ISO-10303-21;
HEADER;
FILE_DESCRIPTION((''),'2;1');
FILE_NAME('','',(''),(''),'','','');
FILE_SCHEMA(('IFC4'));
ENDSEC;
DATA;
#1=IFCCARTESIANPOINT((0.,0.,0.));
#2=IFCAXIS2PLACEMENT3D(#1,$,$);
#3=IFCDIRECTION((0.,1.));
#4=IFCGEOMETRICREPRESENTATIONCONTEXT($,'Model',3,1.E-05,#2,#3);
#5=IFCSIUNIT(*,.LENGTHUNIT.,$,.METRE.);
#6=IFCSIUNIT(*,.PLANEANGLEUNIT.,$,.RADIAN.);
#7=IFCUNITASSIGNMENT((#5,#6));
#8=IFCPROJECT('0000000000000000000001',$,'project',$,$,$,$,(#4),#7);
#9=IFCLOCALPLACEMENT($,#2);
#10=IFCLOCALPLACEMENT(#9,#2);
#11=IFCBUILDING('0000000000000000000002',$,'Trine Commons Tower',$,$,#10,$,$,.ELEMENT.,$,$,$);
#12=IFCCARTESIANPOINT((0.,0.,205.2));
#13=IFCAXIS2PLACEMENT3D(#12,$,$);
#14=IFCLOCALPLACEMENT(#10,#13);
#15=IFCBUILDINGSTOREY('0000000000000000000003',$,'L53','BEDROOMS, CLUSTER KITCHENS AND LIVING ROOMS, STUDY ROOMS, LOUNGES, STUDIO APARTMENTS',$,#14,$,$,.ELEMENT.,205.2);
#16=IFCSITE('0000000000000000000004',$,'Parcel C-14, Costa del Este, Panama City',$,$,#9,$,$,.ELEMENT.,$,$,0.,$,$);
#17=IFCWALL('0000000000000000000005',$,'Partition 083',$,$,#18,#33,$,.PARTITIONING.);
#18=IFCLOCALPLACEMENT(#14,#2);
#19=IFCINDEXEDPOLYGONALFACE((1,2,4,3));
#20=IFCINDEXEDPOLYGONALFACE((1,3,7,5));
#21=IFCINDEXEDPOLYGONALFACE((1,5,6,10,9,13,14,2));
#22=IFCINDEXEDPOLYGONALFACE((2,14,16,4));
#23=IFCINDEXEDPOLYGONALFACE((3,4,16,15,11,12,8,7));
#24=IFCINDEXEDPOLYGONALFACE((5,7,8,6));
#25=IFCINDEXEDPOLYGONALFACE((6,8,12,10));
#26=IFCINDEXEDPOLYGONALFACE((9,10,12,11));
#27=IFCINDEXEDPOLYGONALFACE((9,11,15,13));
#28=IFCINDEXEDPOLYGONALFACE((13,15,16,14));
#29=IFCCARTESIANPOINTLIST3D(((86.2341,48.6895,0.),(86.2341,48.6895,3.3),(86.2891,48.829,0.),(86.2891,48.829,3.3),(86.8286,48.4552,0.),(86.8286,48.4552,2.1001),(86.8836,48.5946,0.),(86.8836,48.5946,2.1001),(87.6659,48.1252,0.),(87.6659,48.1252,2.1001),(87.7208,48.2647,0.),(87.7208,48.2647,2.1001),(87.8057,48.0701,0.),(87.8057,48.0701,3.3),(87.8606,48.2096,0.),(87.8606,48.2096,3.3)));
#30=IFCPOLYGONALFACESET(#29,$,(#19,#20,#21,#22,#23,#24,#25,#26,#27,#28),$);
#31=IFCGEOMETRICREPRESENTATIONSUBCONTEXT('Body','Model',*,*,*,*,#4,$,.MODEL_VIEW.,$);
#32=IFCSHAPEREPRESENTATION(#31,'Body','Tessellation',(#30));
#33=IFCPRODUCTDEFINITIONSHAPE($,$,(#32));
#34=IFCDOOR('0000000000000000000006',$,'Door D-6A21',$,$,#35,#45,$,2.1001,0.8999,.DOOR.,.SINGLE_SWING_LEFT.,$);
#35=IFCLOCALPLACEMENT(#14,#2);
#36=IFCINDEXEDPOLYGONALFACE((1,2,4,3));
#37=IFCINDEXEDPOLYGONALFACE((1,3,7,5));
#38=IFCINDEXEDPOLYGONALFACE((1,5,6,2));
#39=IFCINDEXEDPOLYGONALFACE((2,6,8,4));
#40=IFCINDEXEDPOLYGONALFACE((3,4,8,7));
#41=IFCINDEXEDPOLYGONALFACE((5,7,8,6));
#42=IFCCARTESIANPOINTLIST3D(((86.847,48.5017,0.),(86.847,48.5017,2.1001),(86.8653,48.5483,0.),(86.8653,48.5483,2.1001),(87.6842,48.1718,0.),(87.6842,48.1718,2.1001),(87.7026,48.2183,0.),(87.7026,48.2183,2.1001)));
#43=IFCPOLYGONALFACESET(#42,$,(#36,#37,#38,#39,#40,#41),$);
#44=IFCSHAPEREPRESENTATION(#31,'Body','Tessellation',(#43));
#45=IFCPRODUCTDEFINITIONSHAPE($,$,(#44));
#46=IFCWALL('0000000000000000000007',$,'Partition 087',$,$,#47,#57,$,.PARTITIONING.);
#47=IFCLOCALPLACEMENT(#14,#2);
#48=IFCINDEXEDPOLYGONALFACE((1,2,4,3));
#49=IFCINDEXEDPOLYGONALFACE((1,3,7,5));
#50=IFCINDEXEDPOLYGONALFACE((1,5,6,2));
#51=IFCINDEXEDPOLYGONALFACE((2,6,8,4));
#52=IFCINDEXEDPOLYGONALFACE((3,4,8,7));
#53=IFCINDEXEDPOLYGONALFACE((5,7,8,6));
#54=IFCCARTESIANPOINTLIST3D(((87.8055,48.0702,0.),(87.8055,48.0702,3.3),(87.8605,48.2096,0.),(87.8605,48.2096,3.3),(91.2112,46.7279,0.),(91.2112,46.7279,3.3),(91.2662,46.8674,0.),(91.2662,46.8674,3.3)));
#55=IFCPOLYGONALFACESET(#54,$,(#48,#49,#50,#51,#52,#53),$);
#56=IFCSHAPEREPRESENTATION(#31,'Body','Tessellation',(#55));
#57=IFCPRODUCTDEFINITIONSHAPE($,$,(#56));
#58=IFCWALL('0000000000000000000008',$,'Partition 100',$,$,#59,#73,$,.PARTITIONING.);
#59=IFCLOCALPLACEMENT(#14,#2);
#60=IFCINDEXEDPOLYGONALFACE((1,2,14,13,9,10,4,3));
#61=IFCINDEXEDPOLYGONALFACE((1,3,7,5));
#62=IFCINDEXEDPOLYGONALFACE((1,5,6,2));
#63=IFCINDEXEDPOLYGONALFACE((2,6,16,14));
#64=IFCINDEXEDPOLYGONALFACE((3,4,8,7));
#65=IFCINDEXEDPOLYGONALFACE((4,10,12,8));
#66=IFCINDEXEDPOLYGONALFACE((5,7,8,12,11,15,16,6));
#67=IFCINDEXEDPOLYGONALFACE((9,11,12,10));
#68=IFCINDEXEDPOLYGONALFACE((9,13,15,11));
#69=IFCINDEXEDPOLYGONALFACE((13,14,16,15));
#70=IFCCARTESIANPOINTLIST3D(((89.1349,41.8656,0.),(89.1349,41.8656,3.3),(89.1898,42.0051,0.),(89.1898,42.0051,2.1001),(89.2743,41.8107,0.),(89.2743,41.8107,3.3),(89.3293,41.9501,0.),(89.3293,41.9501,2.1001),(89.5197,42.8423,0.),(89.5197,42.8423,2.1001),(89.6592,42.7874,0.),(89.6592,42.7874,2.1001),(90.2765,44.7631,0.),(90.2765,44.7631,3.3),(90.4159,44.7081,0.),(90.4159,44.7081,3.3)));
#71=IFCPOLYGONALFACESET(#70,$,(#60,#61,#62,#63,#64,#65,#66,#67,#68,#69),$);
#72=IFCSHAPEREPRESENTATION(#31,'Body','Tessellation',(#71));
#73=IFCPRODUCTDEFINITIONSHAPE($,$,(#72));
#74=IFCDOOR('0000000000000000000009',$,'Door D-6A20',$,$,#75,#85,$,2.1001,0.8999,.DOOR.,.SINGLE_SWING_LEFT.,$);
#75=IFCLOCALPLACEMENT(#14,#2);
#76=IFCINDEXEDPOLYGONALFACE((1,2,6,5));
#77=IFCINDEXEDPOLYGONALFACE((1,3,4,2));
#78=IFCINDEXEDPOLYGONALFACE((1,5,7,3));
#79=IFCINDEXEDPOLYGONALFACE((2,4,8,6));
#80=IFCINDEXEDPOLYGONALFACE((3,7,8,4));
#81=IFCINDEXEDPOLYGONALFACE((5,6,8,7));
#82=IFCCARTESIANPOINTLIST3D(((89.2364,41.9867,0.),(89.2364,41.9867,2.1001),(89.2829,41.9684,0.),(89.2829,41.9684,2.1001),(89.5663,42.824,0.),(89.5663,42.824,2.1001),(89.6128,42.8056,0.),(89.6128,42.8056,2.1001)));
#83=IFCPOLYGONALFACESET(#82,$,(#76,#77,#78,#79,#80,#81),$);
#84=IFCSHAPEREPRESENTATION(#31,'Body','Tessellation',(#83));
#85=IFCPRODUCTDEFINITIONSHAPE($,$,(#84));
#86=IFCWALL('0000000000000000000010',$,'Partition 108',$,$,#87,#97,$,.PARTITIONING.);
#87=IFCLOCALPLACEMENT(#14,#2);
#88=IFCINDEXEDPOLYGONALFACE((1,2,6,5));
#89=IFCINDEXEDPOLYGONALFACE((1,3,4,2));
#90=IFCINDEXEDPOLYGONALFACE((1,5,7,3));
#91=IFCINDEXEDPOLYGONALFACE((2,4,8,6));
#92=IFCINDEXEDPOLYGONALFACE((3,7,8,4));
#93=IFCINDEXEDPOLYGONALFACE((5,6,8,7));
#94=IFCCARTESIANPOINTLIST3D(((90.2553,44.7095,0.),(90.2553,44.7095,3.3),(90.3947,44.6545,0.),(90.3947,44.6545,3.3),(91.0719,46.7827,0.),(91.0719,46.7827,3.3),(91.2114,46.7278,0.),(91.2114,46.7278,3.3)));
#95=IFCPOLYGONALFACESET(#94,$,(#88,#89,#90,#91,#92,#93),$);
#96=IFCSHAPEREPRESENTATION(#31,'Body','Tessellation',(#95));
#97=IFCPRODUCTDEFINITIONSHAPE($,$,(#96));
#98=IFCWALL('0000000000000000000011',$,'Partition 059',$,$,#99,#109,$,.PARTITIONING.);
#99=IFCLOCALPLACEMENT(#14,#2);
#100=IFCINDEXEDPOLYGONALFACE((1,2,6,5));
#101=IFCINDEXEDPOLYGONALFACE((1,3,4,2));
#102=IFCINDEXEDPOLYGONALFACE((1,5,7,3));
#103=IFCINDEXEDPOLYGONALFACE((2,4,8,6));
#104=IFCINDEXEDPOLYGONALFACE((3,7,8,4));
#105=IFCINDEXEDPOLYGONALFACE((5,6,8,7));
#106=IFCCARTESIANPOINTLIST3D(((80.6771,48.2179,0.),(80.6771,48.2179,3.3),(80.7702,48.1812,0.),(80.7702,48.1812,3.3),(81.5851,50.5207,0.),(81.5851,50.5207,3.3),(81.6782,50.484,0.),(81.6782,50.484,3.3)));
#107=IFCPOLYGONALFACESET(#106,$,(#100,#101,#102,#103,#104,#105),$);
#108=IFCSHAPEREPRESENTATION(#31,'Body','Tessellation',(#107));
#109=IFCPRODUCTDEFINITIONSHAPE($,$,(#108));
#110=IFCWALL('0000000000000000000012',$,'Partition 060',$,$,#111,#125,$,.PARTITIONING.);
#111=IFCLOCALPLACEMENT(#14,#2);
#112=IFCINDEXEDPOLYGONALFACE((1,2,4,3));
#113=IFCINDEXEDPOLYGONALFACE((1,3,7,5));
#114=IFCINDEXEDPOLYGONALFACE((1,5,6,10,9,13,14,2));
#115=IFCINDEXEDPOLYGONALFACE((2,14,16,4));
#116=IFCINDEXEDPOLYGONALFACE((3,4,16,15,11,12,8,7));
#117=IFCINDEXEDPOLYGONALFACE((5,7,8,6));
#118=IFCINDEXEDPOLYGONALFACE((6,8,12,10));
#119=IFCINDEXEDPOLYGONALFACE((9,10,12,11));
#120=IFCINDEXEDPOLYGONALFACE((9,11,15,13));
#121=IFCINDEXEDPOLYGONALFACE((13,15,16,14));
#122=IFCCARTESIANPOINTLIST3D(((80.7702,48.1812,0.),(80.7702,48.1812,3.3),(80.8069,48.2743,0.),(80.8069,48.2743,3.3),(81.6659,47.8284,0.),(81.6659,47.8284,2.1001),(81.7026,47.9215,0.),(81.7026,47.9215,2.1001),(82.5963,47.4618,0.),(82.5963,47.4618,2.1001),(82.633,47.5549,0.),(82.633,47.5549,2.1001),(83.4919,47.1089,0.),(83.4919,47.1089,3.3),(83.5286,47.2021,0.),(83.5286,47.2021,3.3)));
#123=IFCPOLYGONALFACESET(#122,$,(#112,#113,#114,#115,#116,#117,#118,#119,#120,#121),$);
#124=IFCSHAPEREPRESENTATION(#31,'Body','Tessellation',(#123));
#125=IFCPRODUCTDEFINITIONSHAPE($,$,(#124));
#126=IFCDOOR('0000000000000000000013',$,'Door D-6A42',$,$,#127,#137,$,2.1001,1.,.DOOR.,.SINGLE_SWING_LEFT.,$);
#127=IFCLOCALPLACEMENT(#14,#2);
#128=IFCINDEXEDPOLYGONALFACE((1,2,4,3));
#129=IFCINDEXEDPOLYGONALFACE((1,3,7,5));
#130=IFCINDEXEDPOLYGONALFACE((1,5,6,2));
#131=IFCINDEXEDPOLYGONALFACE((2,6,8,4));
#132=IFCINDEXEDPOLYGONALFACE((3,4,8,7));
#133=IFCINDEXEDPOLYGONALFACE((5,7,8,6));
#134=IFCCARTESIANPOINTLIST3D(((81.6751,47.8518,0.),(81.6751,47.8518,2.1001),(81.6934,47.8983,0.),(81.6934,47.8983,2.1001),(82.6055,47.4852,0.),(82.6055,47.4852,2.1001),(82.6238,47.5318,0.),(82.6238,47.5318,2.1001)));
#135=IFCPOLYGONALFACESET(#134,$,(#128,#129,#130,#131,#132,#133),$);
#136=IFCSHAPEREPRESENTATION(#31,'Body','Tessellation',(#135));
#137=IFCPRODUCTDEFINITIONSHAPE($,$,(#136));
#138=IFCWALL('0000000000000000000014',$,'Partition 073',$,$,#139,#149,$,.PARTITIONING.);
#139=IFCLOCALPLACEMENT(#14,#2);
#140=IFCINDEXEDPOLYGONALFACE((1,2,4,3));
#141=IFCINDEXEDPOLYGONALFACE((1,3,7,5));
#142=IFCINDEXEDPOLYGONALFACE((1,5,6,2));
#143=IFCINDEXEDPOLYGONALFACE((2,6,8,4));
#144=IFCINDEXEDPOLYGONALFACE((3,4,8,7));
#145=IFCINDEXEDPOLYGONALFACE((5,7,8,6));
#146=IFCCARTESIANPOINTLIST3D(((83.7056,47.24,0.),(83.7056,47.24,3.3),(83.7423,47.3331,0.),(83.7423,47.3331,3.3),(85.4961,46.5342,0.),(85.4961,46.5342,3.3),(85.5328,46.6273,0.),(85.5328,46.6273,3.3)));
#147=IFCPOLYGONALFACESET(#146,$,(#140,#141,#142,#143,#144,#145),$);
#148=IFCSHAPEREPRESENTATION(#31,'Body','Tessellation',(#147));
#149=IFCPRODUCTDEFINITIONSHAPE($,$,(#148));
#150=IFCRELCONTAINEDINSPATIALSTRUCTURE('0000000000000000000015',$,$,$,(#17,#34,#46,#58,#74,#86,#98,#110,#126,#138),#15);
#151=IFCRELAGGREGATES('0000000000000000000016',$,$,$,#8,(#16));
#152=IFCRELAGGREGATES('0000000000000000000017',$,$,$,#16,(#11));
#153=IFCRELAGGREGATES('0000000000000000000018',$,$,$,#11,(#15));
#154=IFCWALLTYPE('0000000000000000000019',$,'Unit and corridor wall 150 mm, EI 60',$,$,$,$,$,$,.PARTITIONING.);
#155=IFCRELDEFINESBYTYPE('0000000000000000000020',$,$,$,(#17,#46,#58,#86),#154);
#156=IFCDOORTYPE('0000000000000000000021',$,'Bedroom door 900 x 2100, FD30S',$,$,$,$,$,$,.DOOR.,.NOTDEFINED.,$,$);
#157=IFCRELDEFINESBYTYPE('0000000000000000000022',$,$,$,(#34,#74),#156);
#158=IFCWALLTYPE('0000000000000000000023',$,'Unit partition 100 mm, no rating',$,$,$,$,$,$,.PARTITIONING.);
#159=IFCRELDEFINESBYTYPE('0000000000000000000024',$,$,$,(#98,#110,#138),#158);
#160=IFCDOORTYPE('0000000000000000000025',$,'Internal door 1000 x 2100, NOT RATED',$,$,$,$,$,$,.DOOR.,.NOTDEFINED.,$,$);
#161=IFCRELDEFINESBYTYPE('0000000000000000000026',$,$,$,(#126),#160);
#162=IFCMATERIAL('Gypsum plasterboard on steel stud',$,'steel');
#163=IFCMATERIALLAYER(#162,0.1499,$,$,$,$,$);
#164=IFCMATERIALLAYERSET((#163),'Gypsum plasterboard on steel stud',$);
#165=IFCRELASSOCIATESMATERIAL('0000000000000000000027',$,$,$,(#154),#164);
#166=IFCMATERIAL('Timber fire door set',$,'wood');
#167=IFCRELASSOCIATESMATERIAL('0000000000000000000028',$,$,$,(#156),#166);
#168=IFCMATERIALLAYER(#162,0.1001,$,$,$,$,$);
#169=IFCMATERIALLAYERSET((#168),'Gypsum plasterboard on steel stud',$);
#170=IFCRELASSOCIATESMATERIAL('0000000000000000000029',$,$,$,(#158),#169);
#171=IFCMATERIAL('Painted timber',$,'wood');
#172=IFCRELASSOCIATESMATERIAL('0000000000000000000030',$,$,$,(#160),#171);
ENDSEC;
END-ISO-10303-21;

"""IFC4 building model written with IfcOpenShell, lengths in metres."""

from ifc_helpers import new_model, si_unit, direction, frame, frame_2d, origin, place, context, subcontext, project, spatial, rectangle, extrude, material, layer, layer_set, type_object, element, fill, save


model = new_model("IFC4")

# Units and contexts
model_context = context("Model", 3, precision=1e-05, world=origin(), true_north=direction((0.0, 1.0)))
body_context = subcontext(model_context, "Body", "Model", "MODEL_VIEW")
ifc_project = project(units=[si_unit("LENGTHUNIT", "METRE"), si_unit("PLANEANGLEUNIT", "RADIAN")], contexts=[model_context])

# Site, building, storey
site_placement = place(None, origin())
site = spatial("IfcSite", under=ifc_project, at=site_placement, Name="Parcel C-14, Costa del Este, Panama City", CompositionType="ELEMENT", RefElevation=0.0)
building_placement = place(site_placement, origin())
building = spatial("IfcBuilding", under=site, at=building_placement, Name="Trine Commons Tower", CompositionType="ELEMENT")
storey_placement = place(building_placement, frame((0.0, 0.0, 205.2)))
storey = spatial("IfcBuildingStorey", under=building, at=storey_placement, Name="L53", Description="BEDROOMS, CLUSTER KITCHENS AND LIVING ROOMS, STUDY ROOMS, LOUNGES, STUDIO APARTMENTS", CompositionType="ELEMENT", Elevation=205.2)

# Shared definitions
ifc_material_1 = material(Name="Gypsum plasterboard on steel stud", Category="steel")
ifc_layer_1 = layer(ifc_material_1, 0.1499)
ifc_layer_set_1 = layer_set([ifc_layer_1], Name="Gypsum plasterboard on steel stud")
wall_type_1 = type_object("IfcWallType", Name="Unit and corridor wall 150 mm, EI 60", PredefinedType="PARTITIONING", material=ifc_layer_set_1)

# Wall, opening, door
ifc_material_2 = material(Name="Timber fire door set", Category="wood")
wall_1_placement = place(storey_placement, frame((86.2615, 48.7593, 0.0), z_axis=(0.0, 0.0, 1.0), x_axis=(0.930349, -0.366676, 0.0)))
wall_1 = element("IfcWall", 1, at=wall_1_placement, inside=storey, type_object=wall_type_1, Name="Partition 083", PredefinedType="PARTITIONING", context=body_context, shape_type="SweptSolid", body=[
    extrude(rectangle(XDim=1.6892, YDim=0.1499, at=frame_2d((0.8447, 0.0))), origin(), (0.0, 0.0, 1.0), 3.3),
])
opening_1_placement = place(wall_1_placement, frame((0.6392, 0.0, 0.0)))
opening_1 = element("IfcOpeningElement", 2, at=opening_1_placement, cuts=wall_1, PredefinedType="OPENING", context=body_context, shape_type="SweptSolid", body=[
    extrude(rectangle(XDim=0.8999, YDim=2.1001, at=frame_2d((0.45, 1.05))), frame((0.0, 0.085, 0.0), z_axis=(0.0, -1.0, 0.0), x_axis=(1.0, 0.0, 0.0)), (0.0, 0.0, 1.0), 0.1699),
])
door_type_1 = type_object("IfcDoorType", Name="Bedroom door 900 x 2100, FD30S", OperationType="NOTDEFINED", PredefinedType="DOOR", material=ifc_material_2)
door_1_placement = place(opening_1_placement, frame((0.8999, 0.0, 0.0), z_axis=(0.0, 0.0, 1.0), x_axis=(-1.0, 0.0, 0.0)))
door_1 = element("IfcDoor", 3, at=door_1_placement, inside=storey, type_object=door_type_1, Name="Door D-6A21", OperationType="SINGLE_SWING_LEFT", OverallHeight=2.1001, OverallWidth=0.8999, PredefinedType="DOOR", context=body_context, shape_type="SweptSolid", body=[
    extrude(rectangle(XDim=0.8999, YDim=2.1001, at=frame_2d((0.45, 1.05))), frame((0.0, 0.0249, 0.0), z_axis=(0.0, -1.0, 0.0), x_axis=(1.0, 0.0, 0.0)), (0.0, 0.0, 1.0), 0.05),
])
fill(opening_1, door_1)

# Wall
wall_2_placement = place(storey_placement, frame((87.833, 48.1399, 0.0), z_axis=(0.0, 0.0, 1.0), x_axis=(0.93035, -0.366671, 0.0)))
element("IfcWall", 4, at=wall_2_placement, inside=storey, type_object=wall_type_1, Name="Partition 087", PredefinedType="PARTITIONING", context=body_context, shape_type="SweptSolid", body=[
    extrude(rectangle(XDim=3.6606, YDim=0.1499, at=frame_2d((1.8303, 0.0))), origin(), (0.0, 0.0, 1.0), 3.3),
])

# Wall, opening, door
wall_3_placement = place(storey_placement, frame((89.2046, 41.8381, 0.0), z_axis=(0.0, 0.0, 1.0), x_axis=(0.366574, 0.930389, 0.0)))
wall_3 = element("IfcWall", 5, at=wall_3_placement, inside=storey, type_object=wall_type_1, Name="Partition 100", PredefinedType="PARTITIONING", context=body_context, shape_type="SweptSolid", body=[
    extrude(rectangle(XDim=3.1143, YDim=0.1499, at=frame_2d((1.5571, 0.0))), origin(), (0.0, 0.0, 1.0), 3.3),
])
opening_2_placement = place(wall_3_placement, frame((0.1499, 0.0, 0.0)))
opening_2 = element("IfcOpeningElement", 6, at=opening_2_placement, cuts=wall_3, PredefinedType="OPENING", context=body_context, shape_type="SweptSolid", body=[
    extrude(rectangle(XDim=0.8999, YDim=2.1001, at=frame_2d((0.45, 1.05))), frame((0.0, 0.085, 0.0), z_axis=(0.0, -1.0, 0.0), x_axis=(1.0, 0.0, 0.0)), (0.0, 0.0, 1.0), 0.1699),
])
door_2_placement = place(opening_2_placement, origin())
door_2 = element("IfcDoor", 7, at=door_2_placement, inside=storey, type_object=door_type_1, Name="Door D-6A20", OperationType="SINGLE_SWING_LEFT", OverallHeight=2.1001, OverallWidth=0.8999, PredefinedType="DOOR", context=body_context, shape_type="SweptSolid", body=[
    extrude(rectangle(XDim=0.8999, YDim=2.1001, at=frame_2d((0.45, 1.05))), frame((0.0, 0.0249, 0.0), z_axis=(0.0, -1.0, 0.0), x_axis=(1.0, 0.0, 0.0)), (0.0, 0.0, 1.0), 0.05),
])
fill(opening_2, door_2)

# Walls
wall_4_placement = place(storey_placement, frame((90.325, 44.6819, 0.0), z_axis=(0.0, 0.0, 1.0), x_axis=(0.366493, 0.930421, 0.0)))
element("IfcWall", 8, at=wall_4_placement, inside=storey, type_object=wall_type_1, Name="Partition 108", PredefinedType="PARTITIONING", context=body_context, shape_type="SweptSolid", body=[
    extrude(rectangle(XDim=2.2283, YDim=0.1499, at=frame_2d((1.1143, 0.0))), origin(), (0.0, 0.0, 1.0), 3.3),
])
ifc_layer_2 = layer(ifc_material_1, 0.1001)
ifc_layer_set_2 = layer_set([ifc_layer_2], Name="Gypsum plasterboard on steel stud")
wall_type_2 = type_object("IfcWallType", Name="Unit partition 100 mm, no rating", PredefinedType="PARTITIONING", material=ifc_layer_set_2)
wall_5_placement = place(storey_placement, frame((80.7236, 48.1995, 0.0), z_axis=(0.0, 0.0, 1.0), x_axis=(0.366812, 0.930295, 0.0)))
element("IfcWall", 9, at=wall_5_placement, inside=storey, type_object=wall_type_2, Name="Partition 059", PredefinedType="PARTITIONING", context=body_context, shape_type="SweptSolid", body=[
    extrude(rectangle(XDim=2.4753, YDim=0.1001, at=frame_2d((1.2378, 0.0))), origin(), (0.0, 0.0, 1.0), 3.3),
])

# Wall, opening, door
wall_6_placement = place(storey_placement, frame((80.7886, 48.2278, 0.0), z_axis=(0.0, 0.0, 1.0), x_axis=(0.930398, -0.366551, 0.0)))
wall_6 = element("IfcWall", 10, at=wall_6_placement, inside=storey, type_object=wall_type_2, Name="Partition 060", PredefinedType="PARTITIONING", context=body_context, shape_type="SweptSolid", body=[
    extrude(rectangle(XDim=2.9253, YDim=0.1001, at=frame_2d((1.4626, 0.0))), origin(), (0.0, 0.0, 1.0), 3.3),
])
opening_3_placement = place(wall_6_placement, frame((0.9626, 0.0, 0.0)))
opening_3 = element("IfcOpeningElement", 11, at=opening_3_placement, cuts=wall_6, PredefinedType="OPENING", context=body_context, shape_type="SweptSolid", body=[
    extrude(rectangle(XDim=1.0, YDim=2.1001, at=frame_2d((0.5, 1.05))), frame((0.0, 0.0601, 0.0), z_axis=(0.0, -1.0, 0.0), x_axis=(1.0, 0.0, 0.0)), (0.0, 0.0, 1.0), 0.1201),
])
ifc_material_3 = material(Name="Painted timber", Category="wood")
door_type_2 = type_object("IfcDoorType", Name="Internal door 1000 x 2100, NOT RATED", OperationType="NOTDEFINED", PredefinedType="DOOR", material=ifc_material_3)
door_3_placement = place(opening_3_placement, frame((1.0, 0.0, 0.0), z_axis=(0.0, 0.0, 1.0), x_axis=(-1.0, 0.0, 0.0)))
door_3 = element("IfcDoor", 12, at=door_3_placement, inside=storey, type_object=door_type_2, Name="Door D-6A42", OperationType="SINGLE_SWING_LEFT", OverallHeight=2.1001, OverallWidth=1.0, PredefinedType="DOOR", context=body_context, shape_type="SweptSolid", body=[
    extrude(rectangle(XDim=1.0, YDim=2.1001, at=frame_2d((0.5, 1.05))), frame((0.0, 0.0249, 0.0), z_axis=(0.0, -1.0, 0.0), x_axis=(1.0, 0.0, 0.0)), (0.0, 0.0, 1.0), 0.05),
])
fill(opening_3, door_3)

# Wall
wall_7_placement = place(storey_placement, frame((83.7239, 47.2866, 0.0), z_axis=(0.0, 0.0, 1.0), x_axis=(0.930328, -0.366727, 0.0)))
element("IfcWall", 13, at=wall_7_placement, inside=storey, type_object=wall_type_2, Name="Partition 073", PredefinedType="PARTITIONING", context=body_context, shape_type="SweptSolid", body=[
    extrude(rectangle(XDim=1.9246, YDim=0.1001, at=frame_2d((0.9624, 0.0))), origin(), (0.0, 0.0, 1.0), 3.3),
])

save(model, "model.ifc")
